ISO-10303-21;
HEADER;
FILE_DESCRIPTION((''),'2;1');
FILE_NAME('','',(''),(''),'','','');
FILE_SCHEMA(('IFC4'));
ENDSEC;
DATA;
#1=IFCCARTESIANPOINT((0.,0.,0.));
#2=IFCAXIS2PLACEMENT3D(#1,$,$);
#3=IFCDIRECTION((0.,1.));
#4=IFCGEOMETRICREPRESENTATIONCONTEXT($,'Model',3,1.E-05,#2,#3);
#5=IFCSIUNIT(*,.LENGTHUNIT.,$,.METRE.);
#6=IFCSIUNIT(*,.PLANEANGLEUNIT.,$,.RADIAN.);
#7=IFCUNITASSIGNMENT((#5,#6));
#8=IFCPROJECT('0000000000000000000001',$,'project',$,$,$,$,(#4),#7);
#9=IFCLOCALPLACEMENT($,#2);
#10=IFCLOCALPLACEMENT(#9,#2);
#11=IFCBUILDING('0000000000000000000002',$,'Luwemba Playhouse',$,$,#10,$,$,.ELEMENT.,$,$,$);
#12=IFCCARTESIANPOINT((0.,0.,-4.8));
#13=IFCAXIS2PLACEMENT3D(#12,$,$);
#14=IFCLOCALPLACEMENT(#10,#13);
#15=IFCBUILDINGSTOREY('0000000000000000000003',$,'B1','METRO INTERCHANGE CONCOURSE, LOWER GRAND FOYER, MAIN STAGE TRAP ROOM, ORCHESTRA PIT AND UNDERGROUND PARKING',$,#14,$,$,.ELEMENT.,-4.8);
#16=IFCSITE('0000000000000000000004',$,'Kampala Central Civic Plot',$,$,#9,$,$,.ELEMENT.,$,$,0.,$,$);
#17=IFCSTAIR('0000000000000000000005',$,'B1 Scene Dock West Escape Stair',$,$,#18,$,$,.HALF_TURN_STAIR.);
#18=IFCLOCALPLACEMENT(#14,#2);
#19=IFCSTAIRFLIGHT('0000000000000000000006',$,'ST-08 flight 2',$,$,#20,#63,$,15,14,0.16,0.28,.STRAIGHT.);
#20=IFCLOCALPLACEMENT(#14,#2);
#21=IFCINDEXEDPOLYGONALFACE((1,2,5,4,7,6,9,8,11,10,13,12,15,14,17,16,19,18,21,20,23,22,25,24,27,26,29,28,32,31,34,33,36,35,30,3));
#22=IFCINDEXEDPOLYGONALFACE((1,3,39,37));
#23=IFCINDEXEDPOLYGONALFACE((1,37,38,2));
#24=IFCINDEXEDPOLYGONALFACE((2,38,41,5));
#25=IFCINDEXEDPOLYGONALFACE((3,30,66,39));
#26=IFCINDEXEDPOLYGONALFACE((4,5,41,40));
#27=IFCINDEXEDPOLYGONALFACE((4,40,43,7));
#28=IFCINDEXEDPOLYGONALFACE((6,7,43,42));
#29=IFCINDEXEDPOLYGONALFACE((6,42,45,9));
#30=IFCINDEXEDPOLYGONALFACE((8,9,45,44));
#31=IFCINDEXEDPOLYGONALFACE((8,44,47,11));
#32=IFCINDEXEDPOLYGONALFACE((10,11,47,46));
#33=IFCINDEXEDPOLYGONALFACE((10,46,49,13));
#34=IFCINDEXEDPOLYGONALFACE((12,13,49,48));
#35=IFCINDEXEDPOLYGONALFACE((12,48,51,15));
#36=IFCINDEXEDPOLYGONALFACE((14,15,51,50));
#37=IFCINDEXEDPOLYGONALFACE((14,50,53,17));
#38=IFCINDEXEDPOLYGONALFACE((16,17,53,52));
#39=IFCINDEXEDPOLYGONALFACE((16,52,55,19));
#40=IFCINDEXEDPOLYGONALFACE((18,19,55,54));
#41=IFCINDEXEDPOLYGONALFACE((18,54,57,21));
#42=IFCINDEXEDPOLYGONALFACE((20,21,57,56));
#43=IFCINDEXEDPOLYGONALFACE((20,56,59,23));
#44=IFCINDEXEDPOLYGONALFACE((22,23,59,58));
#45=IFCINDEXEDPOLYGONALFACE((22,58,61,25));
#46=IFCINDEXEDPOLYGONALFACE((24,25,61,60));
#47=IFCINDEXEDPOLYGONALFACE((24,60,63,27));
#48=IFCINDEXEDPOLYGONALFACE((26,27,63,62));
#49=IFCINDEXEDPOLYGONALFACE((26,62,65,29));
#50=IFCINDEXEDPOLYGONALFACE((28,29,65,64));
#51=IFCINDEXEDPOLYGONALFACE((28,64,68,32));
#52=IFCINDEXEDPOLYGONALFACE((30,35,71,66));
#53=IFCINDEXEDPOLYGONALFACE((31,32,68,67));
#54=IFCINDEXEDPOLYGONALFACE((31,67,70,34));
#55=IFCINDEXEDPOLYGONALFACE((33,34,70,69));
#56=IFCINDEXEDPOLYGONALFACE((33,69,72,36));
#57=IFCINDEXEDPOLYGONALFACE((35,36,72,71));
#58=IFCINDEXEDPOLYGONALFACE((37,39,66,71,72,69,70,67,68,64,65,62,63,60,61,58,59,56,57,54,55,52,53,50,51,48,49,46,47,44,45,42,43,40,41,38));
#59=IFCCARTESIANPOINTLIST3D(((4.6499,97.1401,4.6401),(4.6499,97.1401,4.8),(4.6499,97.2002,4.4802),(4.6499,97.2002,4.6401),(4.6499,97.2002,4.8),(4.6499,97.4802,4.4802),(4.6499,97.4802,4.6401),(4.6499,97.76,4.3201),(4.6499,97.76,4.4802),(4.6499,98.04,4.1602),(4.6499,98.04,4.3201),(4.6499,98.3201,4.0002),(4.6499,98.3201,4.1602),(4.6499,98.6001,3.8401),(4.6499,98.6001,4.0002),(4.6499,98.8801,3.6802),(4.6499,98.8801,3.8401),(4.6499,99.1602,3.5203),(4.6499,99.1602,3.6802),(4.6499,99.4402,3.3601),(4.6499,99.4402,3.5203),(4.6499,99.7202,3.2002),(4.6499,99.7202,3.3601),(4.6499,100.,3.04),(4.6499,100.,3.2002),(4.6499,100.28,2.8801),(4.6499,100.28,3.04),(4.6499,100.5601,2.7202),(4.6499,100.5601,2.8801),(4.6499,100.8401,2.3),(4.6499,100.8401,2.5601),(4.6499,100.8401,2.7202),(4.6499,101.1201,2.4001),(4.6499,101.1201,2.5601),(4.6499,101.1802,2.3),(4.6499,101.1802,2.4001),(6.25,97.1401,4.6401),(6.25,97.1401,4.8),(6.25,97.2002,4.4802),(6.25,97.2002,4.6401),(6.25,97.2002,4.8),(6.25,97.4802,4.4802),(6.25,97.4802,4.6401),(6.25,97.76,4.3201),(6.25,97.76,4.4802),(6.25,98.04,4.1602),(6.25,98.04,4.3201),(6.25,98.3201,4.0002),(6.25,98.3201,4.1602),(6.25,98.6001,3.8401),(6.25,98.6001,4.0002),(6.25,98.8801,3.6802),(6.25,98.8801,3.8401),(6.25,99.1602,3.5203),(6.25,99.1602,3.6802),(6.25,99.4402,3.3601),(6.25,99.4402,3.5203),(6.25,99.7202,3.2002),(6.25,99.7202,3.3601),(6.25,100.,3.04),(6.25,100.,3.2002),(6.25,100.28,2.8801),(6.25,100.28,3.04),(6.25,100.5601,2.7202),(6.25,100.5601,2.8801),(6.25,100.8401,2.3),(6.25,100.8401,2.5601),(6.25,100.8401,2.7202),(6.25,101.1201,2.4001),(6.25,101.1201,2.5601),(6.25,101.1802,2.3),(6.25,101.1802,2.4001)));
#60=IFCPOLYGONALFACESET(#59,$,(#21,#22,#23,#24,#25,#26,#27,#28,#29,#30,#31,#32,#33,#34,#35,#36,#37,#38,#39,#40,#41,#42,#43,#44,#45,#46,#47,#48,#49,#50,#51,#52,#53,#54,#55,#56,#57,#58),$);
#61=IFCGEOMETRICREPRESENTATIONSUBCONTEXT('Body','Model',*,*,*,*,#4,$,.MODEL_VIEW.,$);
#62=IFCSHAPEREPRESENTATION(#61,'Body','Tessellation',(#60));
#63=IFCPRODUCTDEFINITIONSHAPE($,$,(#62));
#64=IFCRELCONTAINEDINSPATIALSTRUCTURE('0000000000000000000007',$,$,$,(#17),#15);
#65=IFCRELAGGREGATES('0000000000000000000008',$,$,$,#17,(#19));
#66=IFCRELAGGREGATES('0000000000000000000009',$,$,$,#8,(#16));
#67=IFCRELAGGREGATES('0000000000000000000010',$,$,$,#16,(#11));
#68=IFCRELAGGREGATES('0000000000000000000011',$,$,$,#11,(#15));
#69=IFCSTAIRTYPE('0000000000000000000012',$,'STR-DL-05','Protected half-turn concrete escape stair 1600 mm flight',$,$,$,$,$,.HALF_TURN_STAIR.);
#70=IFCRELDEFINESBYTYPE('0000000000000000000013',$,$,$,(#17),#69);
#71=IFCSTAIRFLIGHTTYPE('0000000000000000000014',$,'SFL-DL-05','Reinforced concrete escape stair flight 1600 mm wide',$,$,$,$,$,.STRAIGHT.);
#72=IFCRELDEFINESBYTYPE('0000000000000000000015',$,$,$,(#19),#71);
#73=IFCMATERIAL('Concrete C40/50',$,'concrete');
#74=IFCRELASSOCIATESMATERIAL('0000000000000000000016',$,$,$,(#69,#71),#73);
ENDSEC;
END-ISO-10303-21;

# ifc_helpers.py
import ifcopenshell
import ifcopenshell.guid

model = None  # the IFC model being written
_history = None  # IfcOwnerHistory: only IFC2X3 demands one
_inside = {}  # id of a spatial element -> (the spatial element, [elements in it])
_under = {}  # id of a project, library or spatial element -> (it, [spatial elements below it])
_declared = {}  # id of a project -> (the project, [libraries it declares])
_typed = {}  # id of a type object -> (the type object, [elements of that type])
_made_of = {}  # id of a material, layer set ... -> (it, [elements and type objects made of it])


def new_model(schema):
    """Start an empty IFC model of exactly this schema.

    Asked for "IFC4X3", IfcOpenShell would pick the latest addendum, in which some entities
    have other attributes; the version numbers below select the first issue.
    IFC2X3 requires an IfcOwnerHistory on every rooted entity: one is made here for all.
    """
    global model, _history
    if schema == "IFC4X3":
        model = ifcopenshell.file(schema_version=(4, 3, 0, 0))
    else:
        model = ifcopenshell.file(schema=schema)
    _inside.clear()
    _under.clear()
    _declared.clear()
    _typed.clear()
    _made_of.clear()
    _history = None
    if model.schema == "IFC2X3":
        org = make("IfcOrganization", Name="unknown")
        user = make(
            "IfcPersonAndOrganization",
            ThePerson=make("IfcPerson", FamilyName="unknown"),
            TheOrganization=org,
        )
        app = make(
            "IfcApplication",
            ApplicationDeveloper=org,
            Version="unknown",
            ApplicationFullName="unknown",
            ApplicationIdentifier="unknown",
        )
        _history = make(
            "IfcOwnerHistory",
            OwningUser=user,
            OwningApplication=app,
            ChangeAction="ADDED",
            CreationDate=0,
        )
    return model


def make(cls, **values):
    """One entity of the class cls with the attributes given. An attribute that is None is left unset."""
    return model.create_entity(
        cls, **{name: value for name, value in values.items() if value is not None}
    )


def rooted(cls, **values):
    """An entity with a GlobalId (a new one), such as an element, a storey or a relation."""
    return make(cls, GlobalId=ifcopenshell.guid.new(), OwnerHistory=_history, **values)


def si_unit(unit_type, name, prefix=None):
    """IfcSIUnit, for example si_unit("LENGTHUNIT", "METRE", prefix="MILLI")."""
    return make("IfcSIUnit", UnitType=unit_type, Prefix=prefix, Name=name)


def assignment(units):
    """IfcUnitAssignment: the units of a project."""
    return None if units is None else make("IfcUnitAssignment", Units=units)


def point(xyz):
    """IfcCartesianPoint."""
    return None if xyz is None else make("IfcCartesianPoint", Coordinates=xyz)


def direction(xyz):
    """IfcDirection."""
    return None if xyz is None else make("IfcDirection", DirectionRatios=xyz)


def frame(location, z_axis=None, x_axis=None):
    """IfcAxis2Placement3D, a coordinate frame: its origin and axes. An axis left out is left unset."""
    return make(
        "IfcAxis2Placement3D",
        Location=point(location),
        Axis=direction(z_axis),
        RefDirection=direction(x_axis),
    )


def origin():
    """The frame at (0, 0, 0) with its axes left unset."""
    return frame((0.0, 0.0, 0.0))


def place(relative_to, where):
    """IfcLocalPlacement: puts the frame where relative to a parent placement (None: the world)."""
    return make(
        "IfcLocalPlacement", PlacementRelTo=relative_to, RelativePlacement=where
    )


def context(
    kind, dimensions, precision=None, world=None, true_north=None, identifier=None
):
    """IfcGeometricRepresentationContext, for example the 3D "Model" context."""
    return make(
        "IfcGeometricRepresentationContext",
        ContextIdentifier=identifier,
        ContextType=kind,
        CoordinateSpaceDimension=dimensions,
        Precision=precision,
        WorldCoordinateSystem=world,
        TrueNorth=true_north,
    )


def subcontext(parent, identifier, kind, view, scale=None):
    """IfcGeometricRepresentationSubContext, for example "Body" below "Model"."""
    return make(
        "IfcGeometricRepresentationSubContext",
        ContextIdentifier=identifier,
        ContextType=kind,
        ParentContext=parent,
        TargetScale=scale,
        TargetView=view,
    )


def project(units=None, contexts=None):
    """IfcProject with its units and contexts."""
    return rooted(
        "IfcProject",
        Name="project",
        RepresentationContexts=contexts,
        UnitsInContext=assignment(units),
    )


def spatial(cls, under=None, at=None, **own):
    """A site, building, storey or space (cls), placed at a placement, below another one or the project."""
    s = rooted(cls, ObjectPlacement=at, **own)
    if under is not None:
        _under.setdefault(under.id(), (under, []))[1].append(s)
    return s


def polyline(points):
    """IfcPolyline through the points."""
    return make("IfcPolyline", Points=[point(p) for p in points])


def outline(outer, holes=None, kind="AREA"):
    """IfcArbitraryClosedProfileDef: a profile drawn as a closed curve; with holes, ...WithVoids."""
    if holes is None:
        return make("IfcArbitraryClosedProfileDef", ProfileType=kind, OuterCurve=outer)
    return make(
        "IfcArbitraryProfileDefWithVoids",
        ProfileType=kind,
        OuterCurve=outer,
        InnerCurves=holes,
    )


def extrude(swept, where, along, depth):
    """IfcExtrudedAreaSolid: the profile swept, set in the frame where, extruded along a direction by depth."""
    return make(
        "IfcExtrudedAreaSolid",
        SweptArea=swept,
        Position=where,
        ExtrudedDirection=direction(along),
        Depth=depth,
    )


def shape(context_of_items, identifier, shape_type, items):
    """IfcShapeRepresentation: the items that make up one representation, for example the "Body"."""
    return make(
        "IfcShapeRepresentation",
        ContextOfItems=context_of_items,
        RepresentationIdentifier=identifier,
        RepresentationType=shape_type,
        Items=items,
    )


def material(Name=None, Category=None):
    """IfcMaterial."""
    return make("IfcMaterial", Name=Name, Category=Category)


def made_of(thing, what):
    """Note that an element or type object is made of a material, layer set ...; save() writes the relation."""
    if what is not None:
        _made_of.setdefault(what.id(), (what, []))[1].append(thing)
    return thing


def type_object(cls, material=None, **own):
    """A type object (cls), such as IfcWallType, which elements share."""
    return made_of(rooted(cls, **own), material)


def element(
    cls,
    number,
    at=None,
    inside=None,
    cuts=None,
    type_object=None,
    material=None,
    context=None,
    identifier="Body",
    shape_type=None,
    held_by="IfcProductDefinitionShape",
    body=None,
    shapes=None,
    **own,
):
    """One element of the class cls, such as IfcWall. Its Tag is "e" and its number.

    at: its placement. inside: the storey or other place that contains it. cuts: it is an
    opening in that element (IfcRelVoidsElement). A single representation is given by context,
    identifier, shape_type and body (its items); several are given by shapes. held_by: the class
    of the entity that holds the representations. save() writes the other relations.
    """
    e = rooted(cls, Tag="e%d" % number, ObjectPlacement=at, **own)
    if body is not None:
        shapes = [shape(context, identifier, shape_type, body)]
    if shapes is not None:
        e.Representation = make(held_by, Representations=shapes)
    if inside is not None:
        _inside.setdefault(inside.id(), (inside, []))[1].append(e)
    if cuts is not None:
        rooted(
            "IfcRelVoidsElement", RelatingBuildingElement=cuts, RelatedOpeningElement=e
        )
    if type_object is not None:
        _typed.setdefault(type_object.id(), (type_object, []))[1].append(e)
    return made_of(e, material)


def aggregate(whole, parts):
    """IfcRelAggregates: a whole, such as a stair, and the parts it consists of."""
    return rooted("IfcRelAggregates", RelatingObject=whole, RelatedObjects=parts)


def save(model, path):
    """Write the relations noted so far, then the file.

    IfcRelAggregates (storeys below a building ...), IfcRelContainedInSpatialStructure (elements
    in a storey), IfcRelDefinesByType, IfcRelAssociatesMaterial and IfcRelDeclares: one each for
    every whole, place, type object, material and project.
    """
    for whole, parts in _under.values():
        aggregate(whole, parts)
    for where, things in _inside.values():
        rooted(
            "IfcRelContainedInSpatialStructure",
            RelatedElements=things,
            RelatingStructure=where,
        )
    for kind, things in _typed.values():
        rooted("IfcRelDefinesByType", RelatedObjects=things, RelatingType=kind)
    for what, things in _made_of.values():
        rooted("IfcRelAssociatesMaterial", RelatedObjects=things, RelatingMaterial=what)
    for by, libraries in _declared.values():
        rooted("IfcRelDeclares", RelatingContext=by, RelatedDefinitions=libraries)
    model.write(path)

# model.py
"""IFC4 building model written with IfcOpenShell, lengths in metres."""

from ifc_helpers import new_model, si_unit, direction, frame, origin, place, context, subcontext, project, spatial, polyline, outline, extrude, material, type_object, element, aggregate, save


model = new_model("IFC4")

# Units and contexts
model_context = context("Model", 3, precision=1e-05, world=origin(), true_north=direction((0.0, 1.0)))
body_context = subcontext(model_context, "Body", "Model", "MODEL_VIEW")
ifc_project = project(units=[si_unit("LENGTHUNIT", "METRE"), si_unit("PLANEANGLEUNIT", "RADIAN")], contexts=[model_context])

# Site, building, storey
site_placement = place(None, origin())
site = spatial("IfcSite", under=ifc_project, at=site_placement, Name="Kampala Central Civic Plot", CompositionType="ELEMENT", RefElevation=0.0)
building_placement = place(site_placement, origin())
building = spatial("IfcBuilding", under=site, at=building_placement, Name="Luwemba Playhouse", CompositionType="ELEMENT")
storey_placement = place(building_placement, frame((0.0, 0.0, -4.8)))
storey = spatial("IfcBuildingStorey", under=building, at=storey_placement, Name="B1", Description="METRO INTERCHANGE CONCOURSE, LOWER GRAND FOYER, MAIN STAGE TRAP ROOM, ORCHESTRA PIT AND UNDERGROUND PARKING", CompositionType="ELEMENT", Elevation=-4.8)

# Shared definitions
ifc_material_1 = material(Name="Concrete C40/50", Category="concrete")

# Stair, stair flight
stair_type = type_object("IfcStairType", Name="STR-DL-05", Description="Protected half-turn concrete escape stair 1600 mm flight", PredefinedType="HALF_TURN_STAIR", material=ifc_material_1)
stair_placement = place(storey_placement, origin())
stair = element("IfcStair", 1, at=stair_placement, inside=storey, type_object=stair_type, Name="B1 Scene Dock West Escape Stair", PredefinedType="HALF_TURN_STAIR")
stair_flight_type = type_object("IfcStairFlightType", Name="SFL-DL-05", Description="Reinforced concrete escape stair flight 1600 mm wide", PredefinedType="STRAIGHT", material=ifc_material_1)
stair_flight_1_placement = place(storey_placement, frame((5.45, 101.1201, 2.4001), z_axis=(0.0, 0.0, 1.0), x_axis=(0.0, -1.0, 0.0)))
stair_flight_1 = element("IfcStairFlight", 2, at=stair_flight_1_placement, type_object=stair_flight_type, Name="ST-08 flight 2", NumberOfRisers=15, NumberOfTreads=14, PredefinedType="STRAIGHT", RiserHeight=0.16, TreadLength=0.28, context=body_context, shape_type="SweptSolid", body=[
    extrude(outline(polyline([(-0.0601, -0.1001), (-0.0601, 0.0), (0.0, 0.0), (0.0, 0.1599), (0.28, 0.1599), (0.28, 0.3201), (0.5601, 0.3201), (0.5601, 0.48), (0.8401, 0.48), (0.8401, 0.6399), (1.1201, 0.6399), (1.1201, 0.8), (1.3999, 0.8), (1.3999, 0.96), (1.6799, 0.96), (1.6799, 1.1201), (1.96, 1.1201), (1.96, 1.28), (2.24, 1.28), (2.24, 1.4399), (2.52, 1.4399), (2.52, 1.6001), (2.8, 1.6001), (2.8, 1.76), (3.0801, 1.76), (3.0801, 1.9199), (3.3601, 1.9199), (3.3601, 2.0801), (3.6399, 2.0801), (3.6399, 2.24), (3.9199, 2.24), (3.9199, 2.3999), (3.98, 2.3999), (3.98, 2.24), (3.9199, 2.0801), (0.28, -0.1001), (-0.0601, -0.1001)])), frame((0.0, 0.8, 0.0), z_axis=(0.0, -1.0, 0.0), x_axis=(1.0, 0.0, 0.0)), (0.0, 0.0, 1.0), 1.6001),
])
aggregate(stair, [stair_flight_1])

save(model, "model.ifc")
